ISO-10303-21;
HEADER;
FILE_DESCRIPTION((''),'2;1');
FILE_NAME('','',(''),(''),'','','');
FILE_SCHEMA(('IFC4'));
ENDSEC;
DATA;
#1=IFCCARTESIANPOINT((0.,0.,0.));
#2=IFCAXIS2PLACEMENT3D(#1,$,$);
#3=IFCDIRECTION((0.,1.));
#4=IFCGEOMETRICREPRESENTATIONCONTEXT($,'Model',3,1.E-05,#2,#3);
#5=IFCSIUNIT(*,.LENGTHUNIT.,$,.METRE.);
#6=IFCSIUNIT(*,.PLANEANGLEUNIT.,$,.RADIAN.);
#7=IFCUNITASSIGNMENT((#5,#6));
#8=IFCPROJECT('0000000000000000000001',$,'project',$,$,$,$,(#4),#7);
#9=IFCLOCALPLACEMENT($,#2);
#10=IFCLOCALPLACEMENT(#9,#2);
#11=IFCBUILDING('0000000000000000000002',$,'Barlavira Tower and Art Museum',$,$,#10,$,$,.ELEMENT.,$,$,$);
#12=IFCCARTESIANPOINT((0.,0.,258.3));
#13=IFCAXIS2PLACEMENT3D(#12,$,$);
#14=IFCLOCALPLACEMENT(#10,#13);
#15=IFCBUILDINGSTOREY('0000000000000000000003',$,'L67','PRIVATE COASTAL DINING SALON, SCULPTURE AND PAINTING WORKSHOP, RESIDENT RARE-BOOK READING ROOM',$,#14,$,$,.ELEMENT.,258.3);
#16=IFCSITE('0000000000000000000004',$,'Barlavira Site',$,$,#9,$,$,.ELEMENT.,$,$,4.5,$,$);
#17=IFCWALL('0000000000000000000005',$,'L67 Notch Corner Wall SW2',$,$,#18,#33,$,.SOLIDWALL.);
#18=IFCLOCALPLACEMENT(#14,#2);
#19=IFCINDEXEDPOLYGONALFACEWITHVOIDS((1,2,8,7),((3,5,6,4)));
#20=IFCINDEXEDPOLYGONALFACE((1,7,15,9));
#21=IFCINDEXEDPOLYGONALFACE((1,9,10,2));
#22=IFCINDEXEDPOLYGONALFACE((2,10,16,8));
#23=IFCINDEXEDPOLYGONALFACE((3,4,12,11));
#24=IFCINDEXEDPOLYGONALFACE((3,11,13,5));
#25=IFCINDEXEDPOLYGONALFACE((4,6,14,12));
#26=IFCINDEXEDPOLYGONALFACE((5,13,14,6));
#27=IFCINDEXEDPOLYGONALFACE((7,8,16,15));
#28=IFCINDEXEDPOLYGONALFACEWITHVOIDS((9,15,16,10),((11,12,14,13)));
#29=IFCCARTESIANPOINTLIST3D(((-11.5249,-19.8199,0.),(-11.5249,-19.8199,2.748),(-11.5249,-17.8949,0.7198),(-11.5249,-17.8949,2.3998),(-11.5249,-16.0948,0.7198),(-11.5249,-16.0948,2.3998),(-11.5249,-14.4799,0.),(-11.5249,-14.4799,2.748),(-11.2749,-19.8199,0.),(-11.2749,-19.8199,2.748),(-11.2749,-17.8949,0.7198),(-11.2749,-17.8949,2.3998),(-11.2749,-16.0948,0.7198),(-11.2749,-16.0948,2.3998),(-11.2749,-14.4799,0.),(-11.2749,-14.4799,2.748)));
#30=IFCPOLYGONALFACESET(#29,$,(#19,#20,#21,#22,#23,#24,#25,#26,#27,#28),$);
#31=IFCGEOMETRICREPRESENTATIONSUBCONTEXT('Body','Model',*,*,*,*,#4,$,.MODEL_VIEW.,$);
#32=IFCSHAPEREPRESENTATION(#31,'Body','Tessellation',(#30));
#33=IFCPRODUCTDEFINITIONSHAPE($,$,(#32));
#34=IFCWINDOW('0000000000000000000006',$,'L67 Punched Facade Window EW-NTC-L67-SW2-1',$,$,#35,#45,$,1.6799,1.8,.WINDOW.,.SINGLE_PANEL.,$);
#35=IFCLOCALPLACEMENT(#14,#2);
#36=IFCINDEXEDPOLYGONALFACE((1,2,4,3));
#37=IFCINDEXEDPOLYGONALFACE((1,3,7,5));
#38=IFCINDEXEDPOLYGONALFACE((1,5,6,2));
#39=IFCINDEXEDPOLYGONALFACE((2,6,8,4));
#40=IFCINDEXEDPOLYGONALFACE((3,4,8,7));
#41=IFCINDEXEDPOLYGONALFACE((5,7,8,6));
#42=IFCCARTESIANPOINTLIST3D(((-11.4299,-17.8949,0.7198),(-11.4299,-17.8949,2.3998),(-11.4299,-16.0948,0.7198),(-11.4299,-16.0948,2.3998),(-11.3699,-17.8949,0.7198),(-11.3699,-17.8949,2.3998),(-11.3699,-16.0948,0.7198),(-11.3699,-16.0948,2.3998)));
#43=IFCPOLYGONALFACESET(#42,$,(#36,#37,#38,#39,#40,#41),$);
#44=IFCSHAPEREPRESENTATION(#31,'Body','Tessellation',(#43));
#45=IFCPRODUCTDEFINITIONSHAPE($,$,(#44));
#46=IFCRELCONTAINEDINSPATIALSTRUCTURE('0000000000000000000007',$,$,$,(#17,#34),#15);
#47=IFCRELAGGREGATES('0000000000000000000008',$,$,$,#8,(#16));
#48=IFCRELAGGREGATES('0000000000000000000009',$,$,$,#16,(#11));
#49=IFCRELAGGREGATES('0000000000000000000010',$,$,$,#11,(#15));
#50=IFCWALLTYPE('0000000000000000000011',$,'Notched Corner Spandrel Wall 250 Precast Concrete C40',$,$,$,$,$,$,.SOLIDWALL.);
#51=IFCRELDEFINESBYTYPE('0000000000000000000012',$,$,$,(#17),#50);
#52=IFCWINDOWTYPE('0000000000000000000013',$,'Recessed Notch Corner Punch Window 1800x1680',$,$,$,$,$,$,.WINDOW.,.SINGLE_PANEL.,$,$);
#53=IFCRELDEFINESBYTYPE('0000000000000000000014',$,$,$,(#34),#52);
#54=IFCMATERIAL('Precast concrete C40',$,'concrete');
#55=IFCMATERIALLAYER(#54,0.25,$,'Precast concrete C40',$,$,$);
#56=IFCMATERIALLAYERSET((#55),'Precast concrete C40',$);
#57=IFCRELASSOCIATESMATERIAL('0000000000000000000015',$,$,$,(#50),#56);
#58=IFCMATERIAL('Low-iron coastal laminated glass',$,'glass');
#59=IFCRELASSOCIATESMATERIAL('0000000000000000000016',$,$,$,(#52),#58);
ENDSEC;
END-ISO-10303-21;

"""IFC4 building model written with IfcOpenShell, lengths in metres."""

from ifc_helpers import new_model, si_unit, direction, frame, frame_2d, origin, place, context, subcontext, project, spatial, rectangle, extrude, material, layer, layer_set, type_object, element, fill, save


model = new_model("IFC4")

# Units and contexts
model_context = context("Model", 3, precision=1e-05, world=origin(), true_north=direction((0.0, 1.0)))
body_context = subcontext(model_context, "Body", "Model", "MODEL_VIEW")
ifc_project = project(units=[si_unit("LENGTHUNIT", "METRE"), si_unit("PLANEANGLEUNIT", "RADIAN")], contexts=[model_context])

# Site, building, storey
site_placement = place(None, origin())
site = spatial("IfcSite", under=ifc_project, at=site_placement, Name="Barlavira Site", CompositionType="ELEMENT", RefElevation=4.5)
building_placement = place(site_placement, origin())
building = spatial("IfcBuilding", under=site, at=building_placement, Name="Barlavira Tower and Art Museum", CompositionType="ELEMENT")
storey_placement = place(building_placement, frame((0.0, 0.0, 258.3)))
storey = spatial("IfcBuildingStorey", under=building, at=storey_placement, Name="L67", Description="PRIVATE COASTAL DINING SALON, SCULPTURE AND PAINTING WORKSHOP, RESIDENT RARE-BOOK READING ROOM", CompositionType="ELEMENT", Elevation=258.3)

# Shared definitions
ifc_material_1 = material(Name="Precast concrete C40", Category="concrete")
ifc_layer_1 = layer(ifc_material_1, 0.25, Name="Precast concrete C40")
ifc_layer_set_1 = layer_set([ifc_layer_1], Name="Precast concrete C40")
wall_type = type_object("IfcWallType", Name="Notched Corner Spandrel Wall 250 Precast Concrete C40", PredefinedType="SOLIDWALL", material=ifc_layer_set_1)
ifc_material_2 = material(Name="Low-iron coastal laminated glass", Category="glass")
window_type = type_object("IfcWindowType", Name="Recessed Notch Corner Punch Window 1800x1680", PartitioningType="SINGLE_PANEL", PredefinedType="WINDOW", material=ifc_material_2)

# Wall, opening, window
wall_1_placement = place(storey_placement, frame((-11.3999, -14.48, 0.0), z_axis=(0.0, 0.0, 1.0), x_axis=(0.0, -1.0, 0.0)))
wall_1 = element("IfcWall", 1, at=wall_1_placement, inside=storey, type_object=wall_type, Name="L67 Notch Corner Wall SW2", PredefinedType="SOLIDWALL", context=body_context, shape_type="SweptSolid", body=[
    extrude(rectangle(XDim=5.3401, YDim=0.25, at=frame_2d((2.6699, 0.0))), origin(), (0.0, 0.0, 1.0), 2.748),
])
opening_1_placement = place(wall_1_placement, frame((1.615, 0.0, 0.72)))
opening_1 = element("IfcOpeningElement", 2, at=opening_1_placement, cuts=wall_1, PredefinedType="OPENING", context=body_context, shape_type="SweptSolid", body=[
    extrude(rectangle(XDim=1.8, YDim=1.6799, at=frame_2d((0.8999, 0.8398))), frame((0.0, 0.135, 0.0), z_axis=(0.0, -1.0, 0.0), x_axis=(1.0, 0.0, 0.0)), (0.0, 0.0, 1.0), 0.27),
])
window_1_placement = place(opening_1_placement, origin())
window_1 = element("IfcWindow", 3, at=window_1_placement, inside=storey, type_object=window_type, Name="L67 Punched Facade Window EW-NTC-L67-SW2-1", OverallHeight=1.6799, OverallWidth=1.8, PartitioningType="SINGLE_PANEL", PredefinedType="WINDOW", context=body_context, shape_type="SweptSolid", body=[
    extrude(rectangle(XDim=1.8, YDim=1.6799, at=frame_2d((0.8999, 0.8398))), frame((0.0, 0.03, 0.0), z_axis=(0.0, -1.0, 0.0), x_axis=(1.0, 0.0, 0.0)), (0.0, 0.0, 1.0), 0.0601),
])
fill(opening_1, window_1)

save(model, "model.ifc")
